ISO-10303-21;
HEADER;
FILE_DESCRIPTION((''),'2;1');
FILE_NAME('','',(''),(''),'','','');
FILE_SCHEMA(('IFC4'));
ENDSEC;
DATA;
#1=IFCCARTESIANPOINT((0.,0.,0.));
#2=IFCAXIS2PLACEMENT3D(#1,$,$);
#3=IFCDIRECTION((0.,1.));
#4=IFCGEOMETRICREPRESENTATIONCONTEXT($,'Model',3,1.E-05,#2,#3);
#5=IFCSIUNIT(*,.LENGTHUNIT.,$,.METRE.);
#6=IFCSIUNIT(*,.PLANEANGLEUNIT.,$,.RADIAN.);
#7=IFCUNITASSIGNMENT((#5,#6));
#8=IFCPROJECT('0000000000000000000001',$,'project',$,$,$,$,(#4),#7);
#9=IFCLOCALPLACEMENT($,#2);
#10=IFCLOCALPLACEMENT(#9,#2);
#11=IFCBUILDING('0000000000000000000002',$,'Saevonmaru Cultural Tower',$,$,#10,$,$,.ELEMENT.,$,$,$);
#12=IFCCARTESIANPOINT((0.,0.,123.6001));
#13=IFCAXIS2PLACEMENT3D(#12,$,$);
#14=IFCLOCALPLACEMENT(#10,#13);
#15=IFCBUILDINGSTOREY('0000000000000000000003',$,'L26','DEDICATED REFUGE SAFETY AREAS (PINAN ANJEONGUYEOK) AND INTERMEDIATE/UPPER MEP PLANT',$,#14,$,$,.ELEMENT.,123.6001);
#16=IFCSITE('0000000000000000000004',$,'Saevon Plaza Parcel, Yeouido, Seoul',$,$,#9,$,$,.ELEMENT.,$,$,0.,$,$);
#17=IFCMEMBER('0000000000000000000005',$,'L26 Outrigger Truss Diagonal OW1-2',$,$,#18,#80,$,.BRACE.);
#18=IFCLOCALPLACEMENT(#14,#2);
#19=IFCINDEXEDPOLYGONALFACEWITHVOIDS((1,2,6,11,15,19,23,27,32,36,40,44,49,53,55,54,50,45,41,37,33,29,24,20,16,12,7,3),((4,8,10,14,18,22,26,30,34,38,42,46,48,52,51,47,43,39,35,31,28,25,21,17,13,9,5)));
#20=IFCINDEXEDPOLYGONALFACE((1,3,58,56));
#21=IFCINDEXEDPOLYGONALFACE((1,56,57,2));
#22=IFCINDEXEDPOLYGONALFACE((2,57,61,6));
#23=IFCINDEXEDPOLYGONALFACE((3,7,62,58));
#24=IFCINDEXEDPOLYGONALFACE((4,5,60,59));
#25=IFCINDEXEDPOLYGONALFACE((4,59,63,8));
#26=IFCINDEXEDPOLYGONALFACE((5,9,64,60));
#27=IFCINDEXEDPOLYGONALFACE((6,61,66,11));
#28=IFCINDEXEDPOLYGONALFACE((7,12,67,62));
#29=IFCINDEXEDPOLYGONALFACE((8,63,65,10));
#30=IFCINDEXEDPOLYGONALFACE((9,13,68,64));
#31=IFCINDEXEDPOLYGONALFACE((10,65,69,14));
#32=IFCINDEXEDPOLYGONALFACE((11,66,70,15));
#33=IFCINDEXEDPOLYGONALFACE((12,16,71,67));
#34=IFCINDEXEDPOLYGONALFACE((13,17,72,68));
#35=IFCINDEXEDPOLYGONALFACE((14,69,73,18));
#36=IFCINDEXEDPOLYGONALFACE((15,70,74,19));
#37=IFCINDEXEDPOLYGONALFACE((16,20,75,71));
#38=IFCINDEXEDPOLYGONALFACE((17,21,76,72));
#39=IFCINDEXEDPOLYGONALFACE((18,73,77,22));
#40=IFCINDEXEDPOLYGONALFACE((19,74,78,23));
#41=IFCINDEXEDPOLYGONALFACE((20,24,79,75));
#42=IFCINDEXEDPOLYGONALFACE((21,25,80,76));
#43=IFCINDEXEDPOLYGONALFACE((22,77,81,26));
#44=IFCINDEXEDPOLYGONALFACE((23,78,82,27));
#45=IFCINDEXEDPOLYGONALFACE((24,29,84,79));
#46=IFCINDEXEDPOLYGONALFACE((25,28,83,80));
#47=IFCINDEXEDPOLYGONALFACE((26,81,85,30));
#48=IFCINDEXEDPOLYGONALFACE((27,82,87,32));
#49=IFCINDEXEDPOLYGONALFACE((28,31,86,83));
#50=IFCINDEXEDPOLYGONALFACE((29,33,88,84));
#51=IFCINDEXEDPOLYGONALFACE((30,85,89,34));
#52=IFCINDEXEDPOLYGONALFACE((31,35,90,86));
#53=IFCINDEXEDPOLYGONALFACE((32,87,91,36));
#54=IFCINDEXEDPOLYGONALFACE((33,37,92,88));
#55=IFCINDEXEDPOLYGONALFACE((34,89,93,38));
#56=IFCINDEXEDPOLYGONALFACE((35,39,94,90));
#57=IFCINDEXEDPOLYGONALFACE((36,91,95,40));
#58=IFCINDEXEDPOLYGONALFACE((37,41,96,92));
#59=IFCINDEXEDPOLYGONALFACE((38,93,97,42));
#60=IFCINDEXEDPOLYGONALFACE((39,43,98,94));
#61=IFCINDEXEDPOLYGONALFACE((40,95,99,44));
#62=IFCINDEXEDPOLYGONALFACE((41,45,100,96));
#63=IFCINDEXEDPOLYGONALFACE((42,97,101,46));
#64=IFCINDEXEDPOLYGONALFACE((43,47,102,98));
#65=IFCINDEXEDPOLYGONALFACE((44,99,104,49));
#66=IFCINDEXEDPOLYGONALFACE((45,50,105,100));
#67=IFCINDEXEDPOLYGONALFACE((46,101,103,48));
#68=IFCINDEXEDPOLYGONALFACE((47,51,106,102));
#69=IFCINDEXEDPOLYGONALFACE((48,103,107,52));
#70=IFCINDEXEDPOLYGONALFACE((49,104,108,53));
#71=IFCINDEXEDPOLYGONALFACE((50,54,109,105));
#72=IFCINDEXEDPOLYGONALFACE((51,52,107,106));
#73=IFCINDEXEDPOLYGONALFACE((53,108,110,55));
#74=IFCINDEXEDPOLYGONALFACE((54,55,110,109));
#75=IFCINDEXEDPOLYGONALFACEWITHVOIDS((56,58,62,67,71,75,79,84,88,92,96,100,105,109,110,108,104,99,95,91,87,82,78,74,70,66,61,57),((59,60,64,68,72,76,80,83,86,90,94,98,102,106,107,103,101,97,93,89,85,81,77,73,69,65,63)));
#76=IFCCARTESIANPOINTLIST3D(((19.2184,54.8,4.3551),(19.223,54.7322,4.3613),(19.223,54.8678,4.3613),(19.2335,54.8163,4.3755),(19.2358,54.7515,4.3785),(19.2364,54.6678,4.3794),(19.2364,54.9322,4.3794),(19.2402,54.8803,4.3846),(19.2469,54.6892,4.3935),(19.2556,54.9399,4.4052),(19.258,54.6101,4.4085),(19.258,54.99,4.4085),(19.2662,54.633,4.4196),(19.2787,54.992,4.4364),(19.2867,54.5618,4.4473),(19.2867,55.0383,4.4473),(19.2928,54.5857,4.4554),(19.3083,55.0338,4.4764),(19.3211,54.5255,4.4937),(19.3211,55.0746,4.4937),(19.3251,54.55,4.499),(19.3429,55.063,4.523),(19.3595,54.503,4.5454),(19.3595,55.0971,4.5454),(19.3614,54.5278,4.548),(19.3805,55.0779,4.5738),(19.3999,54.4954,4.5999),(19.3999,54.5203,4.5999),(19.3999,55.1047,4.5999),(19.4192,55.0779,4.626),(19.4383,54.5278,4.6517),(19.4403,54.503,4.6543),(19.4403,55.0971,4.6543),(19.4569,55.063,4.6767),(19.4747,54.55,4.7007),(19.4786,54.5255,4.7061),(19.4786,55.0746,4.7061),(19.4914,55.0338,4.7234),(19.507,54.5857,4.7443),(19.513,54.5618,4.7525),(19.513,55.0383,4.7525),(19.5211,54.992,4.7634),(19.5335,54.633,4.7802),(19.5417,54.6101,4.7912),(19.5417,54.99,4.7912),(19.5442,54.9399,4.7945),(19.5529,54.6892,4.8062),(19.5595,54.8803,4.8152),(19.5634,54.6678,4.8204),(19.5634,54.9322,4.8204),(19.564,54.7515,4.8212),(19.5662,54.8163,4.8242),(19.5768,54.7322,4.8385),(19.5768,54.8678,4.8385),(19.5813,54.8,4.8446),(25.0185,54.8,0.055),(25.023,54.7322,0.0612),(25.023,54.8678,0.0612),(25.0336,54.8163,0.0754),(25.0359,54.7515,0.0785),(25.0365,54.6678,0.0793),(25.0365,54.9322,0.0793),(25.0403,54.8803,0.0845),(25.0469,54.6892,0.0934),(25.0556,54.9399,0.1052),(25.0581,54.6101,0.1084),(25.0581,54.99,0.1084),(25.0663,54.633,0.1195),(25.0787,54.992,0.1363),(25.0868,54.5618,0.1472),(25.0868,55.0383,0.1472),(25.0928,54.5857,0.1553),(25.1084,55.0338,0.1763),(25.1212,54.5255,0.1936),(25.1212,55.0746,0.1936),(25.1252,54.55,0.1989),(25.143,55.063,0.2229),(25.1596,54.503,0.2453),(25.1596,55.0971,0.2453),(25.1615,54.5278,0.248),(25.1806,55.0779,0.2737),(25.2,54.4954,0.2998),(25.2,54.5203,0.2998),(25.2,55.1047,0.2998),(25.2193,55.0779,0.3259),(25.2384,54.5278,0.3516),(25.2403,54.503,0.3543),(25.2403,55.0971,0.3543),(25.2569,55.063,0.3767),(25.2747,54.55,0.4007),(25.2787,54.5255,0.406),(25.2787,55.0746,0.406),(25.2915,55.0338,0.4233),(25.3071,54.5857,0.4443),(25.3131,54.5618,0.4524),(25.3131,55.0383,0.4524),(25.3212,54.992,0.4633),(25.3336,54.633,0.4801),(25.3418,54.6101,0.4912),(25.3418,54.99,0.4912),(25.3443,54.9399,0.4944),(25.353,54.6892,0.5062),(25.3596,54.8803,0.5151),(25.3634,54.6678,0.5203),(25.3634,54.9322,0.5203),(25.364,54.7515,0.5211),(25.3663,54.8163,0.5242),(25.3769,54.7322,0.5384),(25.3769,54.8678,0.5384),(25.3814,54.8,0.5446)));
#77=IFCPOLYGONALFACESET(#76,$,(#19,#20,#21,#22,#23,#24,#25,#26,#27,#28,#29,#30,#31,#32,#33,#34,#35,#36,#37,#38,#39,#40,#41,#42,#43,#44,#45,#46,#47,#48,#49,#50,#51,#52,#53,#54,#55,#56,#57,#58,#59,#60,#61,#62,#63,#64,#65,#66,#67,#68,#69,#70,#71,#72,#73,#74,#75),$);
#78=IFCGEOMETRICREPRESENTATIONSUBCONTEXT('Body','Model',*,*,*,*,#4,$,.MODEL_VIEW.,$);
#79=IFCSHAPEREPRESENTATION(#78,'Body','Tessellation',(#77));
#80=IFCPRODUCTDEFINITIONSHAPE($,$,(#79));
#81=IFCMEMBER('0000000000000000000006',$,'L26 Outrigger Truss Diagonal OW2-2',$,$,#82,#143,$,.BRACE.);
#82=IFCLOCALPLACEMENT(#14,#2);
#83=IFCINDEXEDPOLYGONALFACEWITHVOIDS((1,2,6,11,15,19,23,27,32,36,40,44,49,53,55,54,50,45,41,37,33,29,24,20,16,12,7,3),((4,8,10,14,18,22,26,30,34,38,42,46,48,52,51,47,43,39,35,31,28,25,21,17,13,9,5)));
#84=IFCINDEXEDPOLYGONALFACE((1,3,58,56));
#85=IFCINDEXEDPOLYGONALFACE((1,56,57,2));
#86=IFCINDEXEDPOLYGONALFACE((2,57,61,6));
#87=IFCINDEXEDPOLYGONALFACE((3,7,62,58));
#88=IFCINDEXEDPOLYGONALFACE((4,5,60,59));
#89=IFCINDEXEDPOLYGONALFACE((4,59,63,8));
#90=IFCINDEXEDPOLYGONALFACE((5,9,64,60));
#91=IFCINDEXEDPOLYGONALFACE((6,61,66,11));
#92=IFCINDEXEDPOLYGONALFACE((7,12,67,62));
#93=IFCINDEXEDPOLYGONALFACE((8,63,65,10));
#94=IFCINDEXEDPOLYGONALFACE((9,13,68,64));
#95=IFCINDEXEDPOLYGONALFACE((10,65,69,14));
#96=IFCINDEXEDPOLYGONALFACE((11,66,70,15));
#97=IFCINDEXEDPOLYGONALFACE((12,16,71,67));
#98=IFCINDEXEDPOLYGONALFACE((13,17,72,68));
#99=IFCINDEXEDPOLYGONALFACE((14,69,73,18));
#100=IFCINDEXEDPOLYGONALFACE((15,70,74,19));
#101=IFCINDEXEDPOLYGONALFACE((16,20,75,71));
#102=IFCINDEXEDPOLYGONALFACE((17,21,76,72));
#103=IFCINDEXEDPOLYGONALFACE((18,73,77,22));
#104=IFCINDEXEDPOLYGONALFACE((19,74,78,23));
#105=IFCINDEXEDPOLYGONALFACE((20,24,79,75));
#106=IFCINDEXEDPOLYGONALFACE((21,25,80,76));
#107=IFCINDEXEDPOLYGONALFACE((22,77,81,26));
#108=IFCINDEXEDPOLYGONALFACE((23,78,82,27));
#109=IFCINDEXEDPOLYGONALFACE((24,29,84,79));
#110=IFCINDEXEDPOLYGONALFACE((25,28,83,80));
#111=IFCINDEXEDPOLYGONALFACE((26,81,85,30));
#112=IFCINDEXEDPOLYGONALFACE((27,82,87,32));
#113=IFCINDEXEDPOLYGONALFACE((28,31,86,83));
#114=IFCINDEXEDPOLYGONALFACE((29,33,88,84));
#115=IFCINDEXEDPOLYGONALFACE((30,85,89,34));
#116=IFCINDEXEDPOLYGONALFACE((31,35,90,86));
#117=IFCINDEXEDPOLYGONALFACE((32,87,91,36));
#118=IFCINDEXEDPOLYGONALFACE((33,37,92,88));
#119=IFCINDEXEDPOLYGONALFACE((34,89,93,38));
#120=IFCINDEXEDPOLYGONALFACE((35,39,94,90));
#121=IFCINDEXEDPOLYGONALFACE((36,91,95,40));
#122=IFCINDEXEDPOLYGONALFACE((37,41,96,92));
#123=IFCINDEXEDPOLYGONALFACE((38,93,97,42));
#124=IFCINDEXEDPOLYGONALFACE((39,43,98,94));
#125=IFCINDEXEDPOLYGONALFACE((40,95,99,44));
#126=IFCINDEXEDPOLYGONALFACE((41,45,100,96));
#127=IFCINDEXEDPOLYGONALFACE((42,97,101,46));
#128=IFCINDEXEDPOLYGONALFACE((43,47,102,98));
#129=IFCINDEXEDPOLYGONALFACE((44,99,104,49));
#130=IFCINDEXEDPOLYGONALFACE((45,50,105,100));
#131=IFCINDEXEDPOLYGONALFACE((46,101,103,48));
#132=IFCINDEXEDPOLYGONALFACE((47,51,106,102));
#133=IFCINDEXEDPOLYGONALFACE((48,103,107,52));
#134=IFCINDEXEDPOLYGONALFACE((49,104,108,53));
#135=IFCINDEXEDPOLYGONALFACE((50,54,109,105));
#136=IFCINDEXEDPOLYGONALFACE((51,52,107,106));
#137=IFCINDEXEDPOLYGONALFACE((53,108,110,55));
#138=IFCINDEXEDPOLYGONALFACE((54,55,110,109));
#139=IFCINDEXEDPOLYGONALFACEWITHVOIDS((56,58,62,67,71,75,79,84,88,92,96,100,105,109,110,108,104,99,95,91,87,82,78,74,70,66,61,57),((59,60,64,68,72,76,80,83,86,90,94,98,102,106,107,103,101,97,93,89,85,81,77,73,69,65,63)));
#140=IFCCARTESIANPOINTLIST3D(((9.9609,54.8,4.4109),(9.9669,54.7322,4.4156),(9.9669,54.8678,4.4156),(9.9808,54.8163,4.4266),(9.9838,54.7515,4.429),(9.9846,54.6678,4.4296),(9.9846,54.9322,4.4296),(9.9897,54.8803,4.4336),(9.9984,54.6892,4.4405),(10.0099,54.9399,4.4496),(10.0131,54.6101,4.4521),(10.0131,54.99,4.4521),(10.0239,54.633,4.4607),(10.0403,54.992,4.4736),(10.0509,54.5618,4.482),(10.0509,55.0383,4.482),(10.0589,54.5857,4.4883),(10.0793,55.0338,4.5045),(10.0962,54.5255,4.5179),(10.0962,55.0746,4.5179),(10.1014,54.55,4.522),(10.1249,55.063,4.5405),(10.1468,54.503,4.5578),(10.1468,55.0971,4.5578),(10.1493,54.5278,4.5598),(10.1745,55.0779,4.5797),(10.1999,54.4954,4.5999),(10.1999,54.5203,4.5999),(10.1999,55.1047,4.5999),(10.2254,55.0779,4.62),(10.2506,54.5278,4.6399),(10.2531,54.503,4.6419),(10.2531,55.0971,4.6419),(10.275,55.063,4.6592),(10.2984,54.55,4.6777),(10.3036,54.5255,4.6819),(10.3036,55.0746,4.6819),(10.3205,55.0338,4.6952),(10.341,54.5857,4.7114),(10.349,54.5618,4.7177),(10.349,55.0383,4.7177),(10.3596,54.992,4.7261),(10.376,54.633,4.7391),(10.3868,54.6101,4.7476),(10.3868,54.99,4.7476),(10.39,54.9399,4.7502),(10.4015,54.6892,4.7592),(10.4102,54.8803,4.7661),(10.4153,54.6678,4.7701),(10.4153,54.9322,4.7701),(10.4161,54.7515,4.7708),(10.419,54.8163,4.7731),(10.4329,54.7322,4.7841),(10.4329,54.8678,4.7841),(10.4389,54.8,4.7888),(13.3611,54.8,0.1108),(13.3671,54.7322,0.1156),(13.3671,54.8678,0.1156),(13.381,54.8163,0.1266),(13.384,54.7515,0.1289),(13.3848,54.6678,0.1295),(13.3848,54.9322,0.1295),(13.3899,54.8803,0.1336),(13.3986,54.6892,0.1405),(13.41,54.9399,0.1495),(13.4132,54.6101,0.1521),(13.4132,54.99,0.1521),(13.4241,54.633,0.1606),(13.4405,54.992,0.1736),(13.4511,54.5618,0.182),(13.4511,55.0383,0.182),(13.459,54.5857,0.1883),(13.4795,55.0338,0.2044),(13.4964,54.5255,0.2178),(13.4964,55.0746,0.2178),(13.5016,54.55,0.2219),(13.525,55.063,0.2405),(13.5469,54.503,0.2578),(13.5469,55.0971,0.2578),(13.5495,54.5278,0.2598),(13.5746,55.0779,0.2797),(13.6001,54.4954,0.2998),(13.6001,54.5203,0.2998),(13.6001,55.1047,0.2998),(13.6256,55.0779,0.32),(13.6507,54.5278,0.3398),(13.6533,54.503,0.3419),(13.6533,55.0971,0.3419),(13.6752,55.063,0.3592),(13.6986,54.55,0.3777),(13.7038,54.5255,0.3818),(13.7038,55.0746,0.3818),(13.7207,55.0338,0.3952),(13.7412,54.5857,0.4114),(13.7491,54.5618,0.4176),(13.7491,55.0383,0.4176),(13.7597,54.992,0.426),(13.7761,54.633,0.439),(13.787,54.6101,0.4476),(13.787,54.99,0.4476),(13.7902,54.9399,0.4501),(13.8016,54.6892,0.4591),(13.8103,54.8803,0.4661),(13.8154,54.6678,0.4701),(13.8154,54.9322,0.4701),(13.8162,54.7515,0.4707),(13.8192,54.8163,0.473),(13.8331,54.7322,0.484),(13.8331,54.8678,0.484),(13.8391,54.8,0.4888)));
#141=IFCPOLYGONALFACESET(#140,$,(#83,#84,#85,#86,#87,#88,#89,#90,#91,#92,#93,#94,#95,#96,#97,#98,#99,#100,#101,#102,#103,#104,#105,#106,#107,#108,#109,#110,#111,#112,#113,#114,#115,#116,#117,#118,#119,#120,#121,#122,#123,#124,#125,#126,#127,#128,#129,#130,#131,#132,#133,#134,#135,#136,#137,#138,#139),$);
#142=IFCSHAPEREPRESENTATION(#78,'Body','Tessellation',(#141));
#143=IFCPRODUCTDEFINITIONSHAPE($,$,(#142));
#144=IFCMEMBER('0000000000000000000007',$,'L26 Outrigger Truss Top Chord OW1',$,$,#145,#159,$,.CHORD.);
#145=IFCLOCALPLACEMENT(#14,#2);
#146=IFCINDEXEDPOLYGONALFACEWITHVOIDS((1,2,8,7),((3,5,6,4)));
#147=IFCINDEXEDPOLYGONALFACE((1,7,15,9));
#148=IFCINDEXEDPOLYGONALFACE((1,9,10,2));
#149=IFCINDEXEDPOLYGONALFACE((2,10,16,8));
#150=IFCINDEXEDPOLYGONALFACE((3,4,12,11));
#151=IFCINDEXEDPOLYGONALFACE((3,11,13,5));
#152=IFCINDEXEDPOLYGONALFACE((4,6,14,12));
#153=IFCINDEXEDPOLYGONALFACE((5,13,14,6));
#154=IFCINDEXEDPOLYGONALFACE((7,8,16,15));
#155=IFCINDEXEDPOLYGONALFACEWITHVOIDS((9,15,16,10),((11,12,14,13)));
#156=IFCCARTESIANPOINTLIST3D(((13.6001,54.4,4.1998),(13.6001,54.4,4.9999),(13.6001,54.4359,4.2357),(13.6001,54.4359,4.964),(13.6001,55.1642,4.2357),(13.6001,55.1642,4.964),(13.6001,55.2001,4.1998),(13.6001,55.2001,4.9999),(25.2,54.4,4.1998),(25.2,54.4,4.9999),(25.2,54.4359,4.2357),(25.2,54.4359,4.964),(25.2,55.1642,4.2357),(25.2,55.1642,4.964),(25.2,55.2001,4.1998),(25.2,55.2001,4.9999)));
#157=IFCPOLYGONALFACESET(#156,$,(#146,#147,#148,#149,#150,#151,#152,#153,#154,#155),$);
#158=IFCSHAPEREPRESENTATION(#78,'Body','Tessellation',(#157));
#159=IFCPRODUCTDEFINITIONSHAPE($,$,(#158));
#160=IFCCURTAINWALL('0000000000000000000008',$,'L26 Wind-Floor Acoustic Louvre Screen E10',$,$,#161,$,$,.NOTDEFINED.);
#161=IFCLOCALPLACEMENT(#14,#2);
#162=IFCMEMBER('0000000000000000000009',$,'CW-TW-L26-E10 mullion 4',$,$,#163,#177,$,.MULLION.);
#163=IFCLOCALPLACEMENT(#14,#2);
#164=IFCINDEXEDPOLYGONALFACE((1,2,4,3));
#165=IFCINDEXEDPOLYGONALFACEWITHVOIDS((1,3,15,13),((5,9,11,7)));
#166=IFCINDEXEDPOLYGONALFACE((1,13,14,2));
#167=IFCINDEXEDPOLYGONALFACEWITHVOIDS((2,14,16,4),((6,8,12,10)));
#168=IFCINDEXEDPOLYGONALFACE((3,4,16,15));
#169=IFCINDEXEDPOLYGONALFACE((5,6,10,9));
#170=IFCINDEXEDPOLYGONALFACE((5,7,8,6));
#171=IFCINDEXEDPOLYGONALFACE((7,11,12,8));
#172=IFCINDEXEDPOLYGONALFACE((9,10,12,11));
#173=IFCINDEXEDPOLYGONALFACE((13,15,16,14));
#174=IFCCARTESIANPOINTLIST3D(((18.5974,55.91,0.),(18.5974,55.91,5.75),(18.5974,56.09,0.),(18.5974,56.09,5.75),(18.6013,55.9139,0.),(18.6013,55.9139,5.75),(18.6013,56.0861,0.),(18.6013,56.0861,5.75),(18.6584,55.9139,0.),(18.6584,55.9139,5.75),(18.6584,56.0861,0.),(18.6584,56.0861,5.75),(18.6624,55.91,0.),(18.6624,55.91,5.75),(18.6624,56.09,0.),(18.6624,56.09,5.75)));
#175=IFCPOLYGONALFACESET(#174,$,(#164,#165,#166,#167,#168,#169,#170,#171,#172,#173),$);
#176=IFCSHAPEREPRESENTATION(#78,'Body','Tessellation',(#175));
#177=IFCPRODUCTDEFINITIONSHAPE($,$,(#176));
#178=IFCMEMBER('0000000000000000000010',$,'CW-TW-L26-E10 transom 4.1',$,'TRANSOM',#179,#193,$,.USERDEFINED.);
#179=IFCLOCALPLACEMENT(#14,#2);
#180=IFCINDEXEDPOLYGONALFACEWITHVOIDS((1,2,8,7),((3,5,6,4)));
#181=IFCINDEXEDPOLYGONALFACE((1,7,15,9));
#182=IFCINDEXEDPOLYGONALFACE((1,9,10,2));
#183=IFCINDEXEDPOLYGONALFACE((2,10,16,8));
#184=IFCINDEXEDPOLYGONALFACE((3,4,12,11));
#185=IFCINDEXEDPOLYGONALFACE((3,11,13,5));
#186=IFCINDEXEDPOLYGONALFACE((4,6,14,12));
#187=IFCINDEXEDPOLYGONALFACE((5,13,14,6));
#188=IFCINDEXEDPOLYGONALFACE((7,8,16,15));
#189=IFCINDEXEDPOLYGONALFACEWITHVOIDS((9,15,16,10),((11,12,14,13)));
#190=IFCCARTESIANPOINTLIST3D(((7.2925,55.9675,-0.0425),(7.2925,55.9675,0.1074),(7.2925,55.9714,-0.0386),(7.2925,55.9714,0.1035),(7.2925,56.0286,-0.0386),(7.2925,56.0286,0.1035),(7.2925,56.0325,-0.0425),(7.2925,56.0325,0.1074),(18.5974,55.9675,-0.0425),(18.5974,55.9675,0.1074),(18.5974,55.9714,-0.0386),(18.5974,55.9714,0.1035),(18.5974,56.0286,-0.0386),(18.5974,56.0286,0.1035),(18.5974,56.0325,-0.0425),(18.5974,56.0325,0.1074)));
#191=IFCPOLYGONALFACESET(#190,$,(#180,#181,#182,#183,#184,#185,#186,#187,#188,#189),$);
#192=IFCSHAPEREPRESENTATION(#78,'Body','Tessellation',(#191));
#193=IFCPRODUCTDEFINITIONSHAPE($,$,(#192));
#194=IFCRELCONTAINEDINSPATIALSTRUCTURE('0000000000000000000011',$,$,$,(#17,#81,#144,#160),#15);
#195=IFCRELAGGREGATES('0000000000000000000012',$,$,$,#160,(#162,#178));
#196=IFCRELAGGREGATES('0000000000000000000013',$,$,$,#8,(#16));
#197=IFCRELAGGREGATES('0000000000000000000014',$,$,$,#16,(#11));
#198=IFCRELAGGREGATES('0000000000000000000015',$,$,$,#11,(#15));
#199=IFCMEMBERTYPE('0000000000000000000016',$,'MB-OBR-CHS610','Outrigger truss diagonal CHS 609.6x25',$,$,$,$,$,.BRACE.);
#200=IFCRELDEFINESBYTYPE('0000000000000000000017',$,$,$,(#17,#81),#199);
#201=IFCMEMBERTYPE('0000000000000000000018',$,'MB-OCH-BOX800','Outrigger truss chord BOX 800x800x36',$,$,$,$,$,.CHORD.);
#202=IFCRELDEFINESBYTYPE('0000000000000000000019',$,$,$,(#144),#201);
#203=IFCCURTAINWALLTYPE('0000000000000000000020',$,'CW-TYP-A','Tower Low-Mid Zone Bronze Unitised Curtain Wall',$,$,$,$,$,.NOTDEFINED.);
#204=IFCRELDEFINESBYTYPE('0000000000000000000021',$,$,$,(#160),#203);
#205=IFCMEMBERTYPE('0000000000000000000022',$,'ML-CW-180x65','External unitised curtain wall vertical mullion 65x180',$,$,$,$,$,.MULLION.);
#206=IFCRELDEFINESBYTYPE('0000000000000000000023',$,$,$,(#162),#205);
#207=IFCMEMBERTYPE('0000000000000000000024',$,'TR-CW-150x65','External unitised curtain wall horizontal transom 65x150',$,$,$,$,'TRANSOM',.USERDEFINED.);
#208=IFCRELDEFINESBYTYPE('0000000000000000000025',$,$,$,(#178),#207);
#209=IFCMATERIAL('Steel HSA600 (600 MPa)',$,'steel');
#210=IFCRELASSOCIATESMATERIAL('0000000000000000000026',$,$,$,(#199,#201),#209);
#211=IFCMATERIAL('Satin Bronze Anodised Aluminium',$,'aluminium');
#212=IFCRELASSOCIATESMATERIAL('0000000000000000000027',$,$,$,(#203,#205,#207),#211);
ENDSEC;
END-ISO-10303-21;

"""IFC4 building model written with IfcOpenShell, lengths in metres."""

from ifc_helpers import new_model, si_unit, direction, frame, origin, origin_2d, place, context, subcontext, project, spatial, hollow_rectangle, hollow_circle, extrude, material, material_profile, profile_set, type_object, element, aggregate, save


model = new_model("IFC4")

# Units and contexts
model_context = context("Model", 3, precision=1e-05, world=origin(), true_north=direction((0.0, 1.0)))
body_context = subcontext(model_context, "Body", "Model", "MODEL_VIEW")
ifc_project = project(units=[si_unit("LENGTHUNIT", "METRE"), si_unit("PLANEANGLEUNIT", "RADIAN")], contexts=[model_context])

# Site, building, storey
site_placement = place(None, origin())
site = spatial("IfcSite", under=ifc_project, at=site_placement, Name="Saevon Plaza Parcel, Yeouido, Seoul", CompositionType="ELEMENT", RefElevation=0.0)
building_placement = place(site_placement, origin())
building = spatial("IfcBuilding", under=site, at=building_placement, Name="Saevonmaru Cultural Tower", CompositionType="ELEMENT")
storey_placement = place(building_placement, frame((0.0, 0.0, 123.6001)))
storey = spatial("IfcBuildingStorey", under=building, at=storey_placement, Name="L26", Description="DEDICATED REFUGE SAFETY AREAS (PINAN ANJEONGUYEOK) AND INTERMEDIATE/UPPER MEP PLANT", CompositionType="ELEMENT", Elevation=123.6001)

# Members
ifc_material_1 = material(Name="Steel HSA600 (600 MPa)", Category="steel")
ifc_material_profile_1 = material_profile(ifc_material_1, hollow_circle(Radius=0.3047, WallThickness=0.0249, at=origin_2d()), Name="CHS-609.6x25")
ifc_profile_set_1 = profile_set([ifc_material_profile_1], Name="Steel HSA600 (600 MPa)")
member_type_1 = type_object("IfcMemberType", Name="MB-OBR-CHS610", Description="Outrigger truss diagonal CHS 609.6x25", PredefinedType="BRACE", material=ifc_profile_set_1)
member_1_placement = place(storey_placement, frame((25.2, 54.8, 0.2998), z_axis=(-0.803311, 0.0, 0.59556), x_axis=(0.0, -1.0, 0.0)))
element("IfcMember", 1, at=member_1_placement, inside=storey, type_object=member_type_1, Name="L26 Outrigger Truss Diagonal OW1-2", PredefinedType="BRACE", context=body_context, shape_type="SweptSolid", body=[
    extrude(hollow_circle(Radius=0.3047, WallThickness=0.0249, at=origin_2d()), origin(), (0.0, 0.0, 1.0), 7.2202),
])
member_2_placement = place(storey_placement, frame((13.6001, 54.8, 0.2998), z_axis=(-0.620248, 0.0, 0.784406), x_axis=(0.0, -1.0, 0.0)))
element("IfcMember", 2, at=member_2_placement, inside=storey, type_object=member_type_1, Name="L26 Outrigger Truss Diagonal OW2-2", PredefinedType="BRACE", context=body_context, shape_type="SweptSolid", body=[
    extrude(hollow_circle(Radius=0.3047, WallThickness=0.0249, at=origin_2d()), origin(), (0.0, 0.0, 1.0), 5.4819),
])
ifc_material_profile_2 = material_profile(ifc_material_1, hollow_rectangle(XDim=0.8, YDim=0.8, WallThickness=0.0359, at=origin_2d()), Name="BOX-800x800x36")
ifc_profile_set_2 = profile_set([ifc_material_profile_2], Name="Steel HSA600 (600 MPa)")
member_type_2 = type_object("IfcMemberType", Name="MB-OCH-BOX800", Description="Outrigger truss chord BOX 800x800x36", PredefinedType="CHORD", material=ifc_profile_set_2)
member_3_placement = place(storey_placement, frame((13.6001, 54.8, 4.5999), z_axis=(1.0, 0.0, 0.0), x_axis=(0.0, 1.0, 0.0)))
element("IfcMember", 3, at=member_3_placement, inside=storey, type_object=member_type_2, Name="L26 Outrigger Truss Top Chord OW1", PredefinedType="CHORD", context=body_context, shape_type="SweptSolid", body=[
    extrude(hollow_rectangle(XDim=0.8, YDim=0.8, WallThickness=0.0359, at=origin_2d()), origin(), (0.0, 0.0, 1.0), 11.5999),
])

# Curtain wall, members
ifc_material_2 = material(Name="Satin Bronze Anodised Aluminium", Category="aluminium")
curtain_wall_type = type_object("IfcCurtainWallType", Name="CW-TYP-A", Description="Tower Low-Mid Zone Bronze Unitised Curtain Wall", PredefinedType="NOTDEFINED", material=ifc_material_2)
curtain_wall_placement = place(storey_placement, origin())
curtain_wall = element("IfcCurtainWall", 4, at=curtain_wall_placement, inside=storey, type_object=curtain_wall_type, Name="L26 Wind-Floor Acoustic Louvre Screen E10", PredefinedType="NOTDEFINED")
ifc_material_profile_3 = material_profile(ifc_material_2, hollow_rectangle(XDim=0.0649, YDim=0.1799, WallThickness=0.0039, at=origin_2d()), Name="ALU-MULL-180x65x4")
ifc_profile_set_3 = profile_set([ifc_material_profile_3], Name="Satin Bronze Anodised Aluminium")
member_type_3 = type_object("IfcMemberType", Name="ML-CW-180x65", Description="External unitised curtain wall vertical mullion 65x180", PredefinedType="MULLION", material=ifc_profile_set_3)
member_4_placement = place(storey_placement, frame((18.6299, 56.0, 0.0), z_axis=(0.0, 0.0, 1.0), x_axis=(-1.0, 0.0, 0.0)))
member_4 = element("IfcMember", 5, at=member_4_placement, type_object=member_type_3, Name="CW-TW-L26-E10 mullion 4", PredefinedType="MULLION", context=body_context, shape_type="SweptSolid", body=[
    extrude(hollow_rectangle(XDim=0.0649, YDim=0.1799, WallThickness=0.0039, at=origin_2d()), origin(), (0.0, 0.0, 1.0), 5.75),
])
ifc_material_profile_4 = material_profile(ifc_material_2, hollow_rectangle(XDim=0.0649, YDim=0.1499, WallThickness=0.0039, at=origin_2d()), Name="ALU-TRAN-150x65x4")
ifc_profile_set_4 = profile_set([ifc_material_profile_4], Name="Satin Bronze Anodised Aluminium")
member_type_4 = type_object("IfcMemberType", Name="TR-CW-150x65", Description="External unitised curtain wall horizontal transom 65x150", ElementType="TRANSOM", PredefinedType="USERDEFINED", material=ifc_profile_set_4)
member_5_placement = place(storey_placement, frame((18.5974, 56.0, 0.0325), z_axis=(-1.0, 0.0, 0.0), x_axis=(0.0, -1.0, 0.0)))
member_5 = element("IfcMember", 6, at=member_5_placement, type_object=member_type_4, Name="CW-TW-L26-E10 transom 4.1", ObjectType="TRANSOM", PredefinedType="USERDEFINED", context=body_context, shape_type="SweptSolid", body=[
    extrude(hollow_rectangle(XDim=0.0649, YDim=0.1499, WallThickness=0.0039, at=origin_2d()), origin(), (0.0, 0.0, 1.0), 11.3049),
])

aggregate(curtain_wall, [member_4, member_5])

save(model, "model.ifc")
